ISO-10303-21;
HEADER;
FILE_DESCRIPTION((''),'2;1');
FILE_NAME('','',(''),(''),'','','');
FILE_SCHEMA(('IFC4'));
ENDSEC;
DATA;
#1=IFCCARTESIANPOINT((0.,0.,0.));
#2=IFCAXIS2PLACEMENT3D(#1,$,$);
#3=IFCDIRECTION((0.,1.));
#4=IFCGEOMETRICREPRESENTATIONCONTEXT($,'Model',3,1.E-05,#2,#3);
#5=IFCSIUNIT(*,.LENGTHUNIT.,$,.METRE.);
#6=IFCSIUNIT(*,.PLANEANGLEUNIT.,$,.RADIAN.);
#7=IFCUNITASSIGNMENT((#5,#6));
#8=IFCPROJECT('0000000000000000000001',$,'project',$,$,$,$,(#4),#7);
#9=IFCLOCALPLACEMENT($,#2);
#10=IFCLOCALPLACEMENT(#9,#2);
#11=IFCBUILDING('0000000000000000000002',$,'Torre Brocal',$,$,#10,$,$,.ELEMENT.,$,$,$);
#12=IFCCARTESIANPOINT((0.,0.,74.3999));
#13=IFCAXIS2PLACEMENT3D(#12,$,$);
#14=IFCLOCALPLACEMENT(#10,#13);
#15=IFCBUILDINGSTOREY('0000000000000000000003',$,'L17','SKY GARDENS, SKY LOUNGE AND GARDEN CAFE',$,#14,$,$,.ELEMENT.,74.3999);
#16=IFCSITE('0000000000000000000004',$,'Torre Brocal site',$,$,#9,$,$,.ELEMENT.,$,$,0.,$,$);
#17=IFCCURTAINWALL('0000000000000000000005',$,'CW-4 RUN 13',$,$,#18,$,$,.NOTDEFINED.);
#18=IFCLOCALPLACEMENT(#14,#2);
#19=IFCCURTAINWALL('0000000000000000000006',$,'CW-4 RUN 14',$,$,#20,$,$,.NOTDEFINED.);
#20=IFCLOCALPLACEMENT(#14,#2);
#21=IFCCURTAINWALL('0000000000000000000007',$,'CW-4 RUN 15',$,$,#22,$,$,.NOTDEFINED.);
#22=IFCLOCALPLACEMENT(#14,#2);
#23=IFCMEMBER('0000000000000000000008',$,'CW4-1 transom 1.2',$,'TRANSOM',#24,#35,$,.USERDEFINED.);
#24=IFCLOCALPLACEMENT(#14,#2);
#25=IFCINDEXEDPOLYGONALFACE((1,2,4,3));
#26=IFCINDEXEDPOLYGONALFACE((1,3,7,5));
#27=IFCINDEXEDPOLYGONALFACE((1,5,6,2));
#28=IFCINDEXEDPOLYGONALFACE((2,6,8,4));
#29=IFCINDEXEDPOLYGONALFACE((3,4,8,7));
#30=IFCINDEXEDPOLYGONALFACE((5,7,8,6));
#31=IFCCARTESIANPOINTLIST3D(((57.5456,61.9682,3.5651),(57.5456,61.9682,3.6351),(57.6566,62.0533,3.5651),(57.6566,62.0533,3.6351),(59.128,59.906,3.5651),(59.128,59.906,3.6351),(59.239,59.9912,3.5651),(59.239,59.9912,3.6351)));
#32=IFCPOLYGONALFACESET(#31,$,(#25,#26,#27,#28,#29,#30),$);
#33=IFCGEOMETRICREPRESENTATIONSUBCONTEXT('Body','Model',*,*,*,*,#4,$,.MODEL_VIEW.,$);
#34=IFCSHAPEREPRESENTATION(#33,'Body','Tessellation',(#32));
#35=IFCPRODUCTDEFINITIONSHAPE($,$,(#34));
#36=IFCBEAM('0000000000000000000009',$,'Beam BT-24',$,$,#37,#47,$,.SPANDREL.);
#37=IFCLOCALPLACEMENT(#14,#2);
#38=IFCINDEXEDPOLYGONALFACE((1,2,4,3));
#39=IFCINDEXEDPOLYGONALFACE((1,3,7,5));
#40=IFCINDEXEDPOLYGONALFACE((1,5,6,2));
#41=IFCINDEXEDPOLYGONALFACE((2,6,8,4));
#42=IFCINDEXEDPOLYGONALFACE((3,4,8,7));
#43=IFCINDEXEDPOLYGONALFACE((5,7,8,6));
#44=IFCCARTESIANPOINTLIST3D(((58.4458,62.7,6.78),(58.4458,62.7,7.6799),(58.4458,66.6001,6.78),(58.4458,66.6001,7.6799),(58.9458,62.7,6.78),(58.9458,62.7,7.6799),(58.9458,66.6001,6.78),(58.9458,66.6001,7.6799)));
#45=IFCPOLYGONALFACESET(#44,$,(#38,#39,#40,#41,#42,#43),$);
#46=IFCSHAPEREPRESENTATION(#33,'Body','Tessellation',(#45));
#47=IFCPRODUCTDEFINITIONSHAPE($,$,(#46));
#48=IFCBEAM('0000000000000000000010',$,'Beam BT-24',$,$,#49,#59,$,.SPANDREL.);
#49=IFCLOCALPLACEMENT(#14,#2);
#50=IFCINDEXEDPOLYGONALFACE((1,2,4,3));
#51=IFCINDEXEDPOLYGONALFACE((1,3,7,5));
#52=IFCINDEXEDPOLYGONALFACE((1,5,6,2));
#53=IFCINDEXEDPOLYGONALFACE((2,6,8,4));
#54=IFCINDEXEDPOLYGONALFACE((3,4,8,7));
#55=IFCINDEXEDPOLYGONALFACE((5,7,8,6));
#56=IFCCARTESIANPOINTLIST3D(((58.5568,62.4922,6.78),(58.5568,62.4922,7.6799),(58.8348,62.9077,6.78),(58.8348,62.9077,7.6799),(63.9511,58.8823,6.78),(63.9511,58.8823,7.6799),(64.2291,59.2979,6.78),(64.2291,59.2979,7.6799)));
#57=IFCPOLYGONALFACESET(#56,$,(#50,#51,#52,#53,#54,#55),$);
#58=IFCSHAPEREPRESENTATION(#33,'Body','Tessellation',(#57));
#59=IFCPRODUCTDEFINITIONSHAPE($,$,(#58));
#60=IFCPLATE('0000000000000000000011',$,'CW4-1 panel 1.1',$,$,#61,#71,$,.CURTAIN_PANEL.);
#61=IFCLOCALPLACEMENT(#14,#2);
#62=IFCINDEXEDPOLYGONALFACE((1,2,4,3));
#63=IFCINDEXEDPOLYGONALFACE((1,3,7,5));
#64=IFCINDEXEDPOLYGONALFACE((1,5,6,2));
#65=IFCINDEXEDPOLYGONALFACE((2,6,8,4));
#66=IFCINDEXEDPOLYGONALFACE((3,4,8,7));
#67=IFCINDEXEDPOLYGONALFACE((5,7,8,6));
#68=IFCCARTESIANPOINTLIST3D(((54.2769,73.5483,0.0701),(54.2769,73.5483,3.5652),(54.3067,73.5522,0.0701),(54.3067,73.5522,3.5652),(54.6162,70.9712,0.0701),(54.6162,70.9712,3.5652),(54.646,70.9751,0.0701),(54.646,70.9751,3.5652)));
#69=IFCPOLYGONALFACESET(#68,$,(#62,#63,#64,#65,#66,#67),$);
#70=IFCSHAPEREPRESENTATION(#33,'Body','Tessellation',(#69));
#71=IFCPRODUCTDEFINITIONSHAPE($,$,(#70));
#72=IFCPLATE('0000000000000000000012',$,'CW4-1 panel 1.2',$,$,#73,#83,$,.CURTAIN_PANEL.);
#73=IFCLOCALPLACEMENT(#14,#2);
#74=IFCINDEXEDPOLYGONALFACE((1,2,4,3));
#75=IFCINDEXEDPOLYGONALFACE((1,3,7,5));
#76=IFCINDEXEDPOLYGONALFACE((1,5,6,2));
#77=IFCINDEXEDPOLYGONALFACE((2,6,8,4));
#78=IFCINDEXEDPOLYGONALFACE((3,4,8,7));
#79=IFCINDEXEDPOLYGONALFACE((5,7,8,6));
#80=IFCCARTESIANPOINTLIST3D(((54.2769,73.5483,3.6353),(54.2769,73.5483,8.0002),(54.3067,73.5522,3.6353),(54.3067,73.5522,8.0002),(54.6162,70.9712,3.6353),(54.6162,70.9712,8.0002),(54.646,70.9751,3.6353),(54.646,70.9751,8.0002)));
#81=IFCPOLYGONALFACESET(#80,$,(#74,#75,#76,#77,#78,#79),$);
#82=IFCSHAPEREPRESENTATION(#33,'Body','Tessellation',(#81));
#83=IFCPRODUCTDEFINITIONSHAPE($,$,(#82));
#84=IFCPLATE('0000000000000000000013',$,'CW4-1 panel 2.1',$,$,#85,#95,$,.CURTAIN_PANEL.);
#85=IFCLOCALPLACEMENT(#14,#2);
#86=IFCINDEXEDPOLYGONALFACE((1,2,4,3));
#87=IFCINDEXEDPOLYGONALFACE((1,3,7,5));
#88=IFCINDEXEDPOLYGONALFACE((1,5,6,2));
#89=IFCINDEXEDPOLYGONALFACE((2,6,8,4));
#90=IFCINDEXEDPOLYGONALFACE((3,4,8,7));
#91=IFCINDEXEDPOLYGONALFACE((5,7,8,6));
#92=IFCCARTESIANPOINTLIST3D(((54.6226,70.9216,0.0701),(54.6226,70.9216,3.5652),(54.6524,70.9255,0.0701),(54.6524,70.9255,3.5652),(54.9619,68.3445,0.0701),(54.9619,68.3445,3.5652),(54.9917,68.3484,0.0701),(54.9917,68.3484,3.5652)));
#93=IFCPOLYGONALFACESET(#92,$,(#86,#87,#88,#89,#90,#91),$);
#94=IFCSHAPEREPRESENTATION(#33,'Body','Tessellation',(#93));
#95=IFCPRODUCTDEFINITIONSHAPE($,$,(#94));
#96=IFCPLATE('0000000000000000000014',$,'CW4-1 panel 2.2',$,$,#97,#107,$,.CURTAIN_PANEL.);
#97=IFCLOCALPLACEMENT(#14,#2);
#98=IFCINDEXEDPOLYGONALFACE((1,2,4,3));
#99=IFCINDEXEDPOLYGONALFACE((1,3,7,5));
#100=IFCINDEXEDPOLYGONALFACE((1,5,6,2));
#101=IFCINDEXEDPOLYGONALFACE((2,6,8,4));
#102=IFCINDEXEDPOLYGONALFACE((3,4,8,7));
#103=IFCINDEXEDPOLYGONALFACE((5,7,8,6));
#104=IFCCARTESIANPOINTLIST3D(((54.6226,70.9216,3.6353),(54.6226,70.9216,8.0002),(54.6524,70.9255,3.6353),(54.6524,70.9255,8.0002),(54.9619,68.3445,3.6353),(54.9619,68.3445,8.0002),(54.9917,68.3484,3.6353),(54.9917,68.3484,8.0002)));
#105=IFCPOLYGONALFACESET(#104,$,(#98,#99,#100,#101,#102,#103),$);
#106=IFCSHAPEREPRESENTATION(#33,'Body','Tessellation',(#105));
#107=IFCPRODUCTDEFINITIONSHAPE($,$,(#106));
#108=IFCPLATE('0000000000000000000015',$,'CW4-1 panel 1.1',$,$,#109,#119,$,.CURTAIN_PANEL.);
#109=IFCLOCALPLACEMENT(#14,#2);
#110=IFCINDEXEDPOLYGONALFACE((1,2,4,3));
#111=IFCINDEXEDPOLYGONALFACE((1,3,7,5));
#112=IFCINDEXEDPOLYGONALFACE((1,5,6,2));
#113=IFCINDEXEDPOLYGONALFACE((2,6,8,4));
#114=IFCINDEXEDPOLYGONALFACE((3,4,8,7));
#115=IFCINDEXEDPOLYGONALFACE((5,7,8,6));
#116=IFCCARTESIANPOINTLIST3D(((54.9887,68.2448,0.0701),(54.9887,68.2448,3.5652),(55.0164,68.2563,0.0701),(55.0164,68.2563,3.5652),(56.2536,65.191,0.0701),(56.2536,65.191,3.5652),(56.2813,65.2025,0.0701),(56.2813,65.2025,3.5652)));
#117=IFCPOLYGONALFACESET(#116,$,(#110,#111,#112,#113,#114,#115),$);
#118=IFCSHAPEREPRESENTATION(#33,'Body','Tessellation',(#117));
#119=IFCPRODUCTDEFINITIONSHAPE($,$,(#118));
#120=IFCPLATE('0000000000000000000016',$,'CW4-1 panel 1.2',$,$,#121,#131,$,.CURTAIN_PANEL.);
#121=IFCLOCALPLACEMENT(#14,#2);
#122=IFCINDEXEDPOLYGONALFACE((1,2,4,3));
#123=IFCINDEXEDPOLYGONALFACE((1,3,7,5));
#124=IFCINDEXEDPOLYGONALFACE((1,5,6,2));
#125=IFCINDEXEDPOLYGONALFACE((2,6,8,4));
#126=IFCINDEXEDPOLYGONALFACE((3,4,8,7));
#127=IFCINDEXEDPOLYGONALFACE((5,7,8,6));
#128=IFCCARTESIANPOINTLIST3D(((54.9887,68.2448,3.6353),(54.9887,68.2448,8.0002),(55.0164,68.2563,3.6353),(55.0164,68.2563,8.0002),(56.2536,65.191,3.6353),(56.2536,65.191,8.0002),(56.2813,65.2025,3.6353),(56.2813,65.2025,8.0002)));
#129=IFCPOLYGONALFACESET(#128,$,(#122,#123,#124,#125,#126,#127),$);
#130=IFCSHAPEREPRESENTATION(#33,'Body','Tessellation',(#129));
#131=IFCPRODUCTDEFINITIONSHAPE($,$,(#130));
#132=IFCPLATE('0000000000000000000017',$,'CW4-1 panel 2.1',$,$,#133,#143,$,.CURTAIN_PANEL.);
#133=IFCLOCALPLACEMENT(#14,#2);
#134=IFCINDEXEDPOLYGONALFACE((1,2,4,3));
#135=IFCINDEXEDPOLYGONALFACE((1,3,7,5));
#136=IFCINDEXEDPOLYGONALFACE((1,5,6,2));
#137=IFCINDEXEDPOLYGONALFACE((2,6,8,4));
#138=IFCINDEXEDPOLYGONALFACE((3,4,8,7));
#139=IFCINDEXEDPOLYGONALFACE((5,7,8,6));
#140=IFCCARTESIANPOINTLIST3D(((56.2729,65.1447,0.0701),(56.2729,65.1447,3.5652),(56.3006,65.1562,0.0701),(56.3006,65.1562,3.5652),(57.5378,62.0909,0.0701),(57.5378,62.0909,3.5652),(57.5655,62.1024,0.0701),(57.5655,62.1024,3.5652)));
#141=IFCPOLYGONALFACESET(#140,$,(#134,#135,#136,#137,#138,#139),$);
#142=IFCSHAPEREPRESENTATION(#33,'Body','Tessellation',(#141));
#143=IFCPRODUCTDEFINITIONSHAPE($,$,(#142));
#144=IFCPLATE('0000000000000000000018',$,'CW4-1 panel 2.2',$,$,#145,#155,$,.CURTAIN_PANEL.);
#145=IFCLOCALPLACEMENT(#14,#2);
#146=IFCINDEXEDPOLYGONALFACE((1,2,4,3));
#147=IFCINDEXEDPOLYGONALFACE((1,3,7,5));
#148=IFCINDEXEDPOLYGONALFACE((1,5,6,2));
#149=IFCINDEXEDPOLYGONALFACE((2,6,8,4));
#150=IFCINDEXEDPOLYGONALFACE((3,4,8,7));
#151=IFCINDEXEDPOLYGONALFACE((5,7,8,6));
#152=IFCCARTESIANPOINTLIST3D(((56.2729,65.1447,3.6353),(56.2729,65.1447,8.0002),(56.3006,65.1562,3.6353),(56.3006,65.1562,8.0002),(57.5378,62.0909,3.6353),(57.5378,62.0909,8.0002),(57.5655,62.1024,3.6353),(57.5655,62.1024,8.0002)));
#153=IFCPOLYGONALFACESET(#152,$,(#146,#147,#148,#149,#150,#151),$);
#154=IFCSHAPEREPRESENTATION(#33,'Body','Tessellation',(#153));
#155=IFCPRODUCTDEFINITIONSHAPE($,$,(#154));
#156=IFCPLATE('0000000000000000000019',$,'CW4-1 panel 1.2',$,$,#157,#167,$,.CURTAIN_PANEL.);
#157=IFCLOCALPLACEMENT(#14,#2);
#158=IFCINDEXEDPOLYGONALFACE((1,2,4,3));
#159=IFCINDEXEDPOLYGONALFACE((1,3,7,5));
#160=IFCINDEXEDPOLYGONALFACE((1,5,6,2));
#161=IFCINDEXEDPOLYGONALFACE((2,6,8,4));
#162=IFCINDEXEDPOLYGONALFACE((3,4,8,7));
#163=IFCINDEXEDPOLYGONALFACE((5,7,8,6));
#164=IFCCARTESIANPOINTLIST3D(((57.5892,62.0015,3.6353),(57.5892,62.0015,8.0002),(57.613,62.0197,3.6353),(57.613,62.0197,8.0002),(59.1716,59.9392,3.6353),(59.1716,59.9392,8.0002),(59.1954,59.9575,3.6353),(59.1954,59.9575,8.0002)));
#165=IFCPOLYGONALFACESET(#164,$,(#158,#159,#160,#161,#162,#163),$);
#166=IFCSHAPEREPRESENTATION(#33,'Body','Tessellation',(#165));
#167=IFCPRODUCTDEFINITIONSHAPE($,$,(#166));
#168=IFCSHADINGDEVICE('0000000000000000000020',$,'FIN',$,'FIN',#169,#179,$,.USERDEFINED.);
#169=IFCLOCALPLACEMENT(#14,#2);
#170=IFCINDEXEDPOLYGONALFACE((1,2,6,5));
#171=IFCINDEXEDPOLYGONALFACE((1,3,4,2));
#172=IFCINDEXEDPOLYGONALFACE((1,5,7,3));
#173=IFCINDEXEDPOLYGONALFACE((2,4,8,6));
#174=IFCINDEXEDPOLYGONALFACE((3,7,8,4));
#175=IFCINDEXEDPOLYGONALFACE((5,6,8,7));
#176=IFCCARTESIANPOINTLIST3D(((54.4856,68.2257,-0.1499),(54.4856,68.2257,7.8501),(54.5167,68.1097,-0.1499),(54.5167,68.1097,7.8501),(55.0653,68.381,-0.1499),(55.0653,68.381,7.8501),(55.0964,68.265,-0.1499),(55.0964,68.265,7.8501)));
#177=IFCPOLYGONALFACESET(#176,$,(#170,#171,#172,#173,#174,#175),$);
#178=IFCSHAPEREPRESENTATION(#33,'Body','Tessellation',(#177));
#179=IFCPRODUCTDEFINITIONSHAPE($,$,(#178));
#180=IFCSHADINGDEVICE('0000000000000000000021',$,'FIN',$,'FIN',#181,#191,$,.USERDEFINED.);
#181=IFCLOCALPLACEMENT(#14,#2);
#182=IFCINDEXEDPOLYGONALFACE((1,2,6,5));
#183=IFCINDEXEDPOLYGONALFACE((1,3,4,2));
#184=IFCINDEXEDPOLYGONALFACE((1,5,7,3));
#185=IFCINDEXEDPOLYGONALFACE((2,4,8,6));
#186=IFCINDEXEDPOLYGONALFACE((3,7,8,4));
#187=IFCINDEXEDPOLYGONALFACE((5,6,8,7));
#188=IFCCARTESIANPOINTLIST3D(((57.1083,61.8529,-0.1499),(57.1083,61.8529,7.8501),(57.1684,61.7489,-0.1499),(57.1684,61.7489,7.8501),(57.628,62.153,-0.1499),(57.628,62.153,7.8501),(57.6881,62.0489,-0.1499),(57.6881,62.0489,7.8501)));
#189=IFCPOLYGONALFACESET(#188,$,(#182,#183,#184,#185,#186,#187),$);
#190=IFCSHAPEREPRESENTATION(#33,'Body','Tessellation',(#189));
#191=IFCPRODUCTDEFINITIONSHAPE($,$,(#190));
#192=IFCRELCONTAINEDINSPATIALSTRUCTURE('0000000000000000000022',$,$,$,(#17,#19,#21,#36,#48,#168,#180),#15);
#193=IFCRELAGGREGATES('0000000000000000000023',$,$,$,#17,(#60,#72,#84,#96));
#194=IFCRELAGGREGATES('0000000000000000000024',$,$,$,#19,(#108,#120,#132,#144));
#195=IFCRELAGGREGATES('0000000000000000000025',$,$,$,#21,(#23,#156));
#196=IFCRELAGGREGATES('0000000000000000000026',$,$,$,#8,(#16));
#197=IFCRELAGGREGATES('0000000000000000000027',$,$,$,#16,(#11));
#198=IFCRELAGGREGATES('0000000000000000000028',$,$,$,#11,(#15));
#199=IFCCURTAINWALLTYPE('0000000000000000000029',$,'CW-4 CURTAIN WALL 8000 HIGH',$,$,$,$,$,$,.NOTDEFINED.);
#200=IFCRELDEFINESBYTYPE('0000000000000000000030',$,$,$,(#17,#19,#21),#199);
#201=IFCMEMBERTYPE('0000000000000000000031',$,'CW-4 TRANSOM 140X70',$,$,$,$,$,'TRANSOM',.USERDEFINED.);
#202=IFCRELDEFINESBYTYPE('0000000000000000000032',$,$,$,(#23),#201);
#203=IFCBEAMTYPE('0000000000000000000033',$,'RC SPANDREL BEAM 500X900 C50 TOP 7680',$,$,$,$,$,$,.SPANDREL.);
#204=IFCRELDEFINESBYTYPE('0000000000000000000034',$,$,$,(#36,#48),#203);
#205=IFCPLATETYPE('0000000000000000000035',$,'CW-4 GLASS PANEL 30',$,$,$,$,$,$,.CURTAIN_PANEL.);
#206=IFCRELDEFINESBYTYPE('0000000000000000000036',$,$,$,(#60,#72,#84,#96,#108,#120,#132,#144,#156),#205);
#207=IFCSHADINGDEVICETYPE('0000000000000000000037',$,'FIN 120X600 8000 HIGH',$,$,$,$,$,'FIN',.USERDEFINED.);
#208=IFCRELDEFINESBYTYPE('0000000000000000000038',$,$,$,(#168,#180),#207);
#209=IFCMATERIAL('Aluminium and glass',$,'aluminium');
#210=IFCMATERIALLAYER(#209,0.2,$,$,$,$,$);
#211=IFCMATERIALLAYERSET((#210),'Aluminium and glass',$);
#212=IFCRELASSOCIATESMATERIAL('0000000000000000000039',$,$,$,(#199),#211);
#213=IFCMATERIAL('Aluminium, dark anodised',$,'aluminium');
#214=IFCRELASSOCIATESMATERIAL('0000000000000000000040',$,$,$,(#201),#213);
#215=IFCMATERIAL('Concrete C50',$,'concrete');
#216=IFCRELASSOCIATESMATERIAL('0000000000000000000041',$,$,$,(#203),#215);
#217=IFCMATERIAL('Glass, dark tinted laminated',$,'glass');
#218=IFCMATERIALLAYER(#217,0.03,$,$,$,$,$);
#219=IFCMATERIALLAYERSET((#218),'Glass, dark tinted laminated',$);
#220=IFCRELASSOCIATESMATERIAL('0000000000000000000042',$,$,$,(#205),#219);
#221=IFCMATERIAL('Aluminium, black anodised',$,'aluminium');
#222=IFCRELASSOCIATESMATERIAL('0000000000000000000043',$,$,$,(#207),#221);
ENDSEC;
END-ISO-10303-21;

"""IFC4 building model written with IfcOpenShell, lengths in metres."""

from ifc_helpers import new_model, si_unit, direction, frame, origin, origin_2d, place, context, subcontext, project, spatial, rectangle, extrude, material, layer, layer_set, material_profile, profile_set, type_object, element, aggregate, save


model = new_model("IFC4")

# Units and contexts
model_context = context("Model", 3, precision=1e-05, world=origin(), true_north=direction((0.0, 1.0)))
body_context = subcontext(model_context, "Body", "Model", "MODEL_VIEW")
ifc_project = project(units=[si_unit("LENGTHUNIT", "METRE"), si_unit("PLANEANGLEUNIT", "RADIAN")], contexts=[model_context])

# Site, building, storey
site_placement = place(None, origin())
site = spatial("IfcSite", under=ifc_project, at=site_placement, Name="Torre Brocal site", CompositionType="ELEMENT", RefElevation=0.0)
building_placement = place(site_placement, origin())
building = spatial("IfcBuilding", under=site, at=building_placement, Name="Torre Brocal", CompositionType="ELEMENT")
storey_placement = place(building_placement, frame((0.0, 0.0, 74.3999)))
storey = spatial("IfcBuildingStorey", under=building, at=storey_placement, Name="L17", Description="SKY GARDENS, SKY LOUNGE AND GARDEN CAFE", CompositionType="ELEMENT", Elevation=74.3999)

# Curtain walls
ifc_material_1 = material(Name="Aluminium and glass", Category="aluminium")
ifc_layer_1 = layer(ifc_material_1, 0.2)
ifc_layer_set_1 = layer_set([ifc_layer_1], Name="Aluminium and glass")
curtain_wall_type = type_object("IfcCurtainWallType", Name="CW-4 CURTAIN WALL 8000 HIGH", PredefinedType="NOTDEFINED", material=ifc_layer_set_1)
curtain_wall_1_placement = place(storey_placement, origin())
curtain_wall_1 = element("IfcCurtainWall", 1, at=curtain_wall_1_placement, inside=storey, type_object=curtain_wall_type, Name="CW-4 RUN 13", PredefinedType="NOTDEFINED")
curtain_wall_2_placement = place(storey_placement, origin())
curtain_wall_2 = element("IfcCurtainWall", 2, at=curtain_wall_2_placement, inside=storey, type_object=curtain_wall_type, Name="CW-4 RUN 14", PredefinedType="NOTDEFINED")

# Curtain wall
curtain_wall_3_placement = place(storey_placement, origin())
curtain_wall_3 = element("IfcCurtainWall", 3, at=curtain_wall_3_placement, inside=storey, type_object=curtain_wall_type, Name="CW-4 RUN 15", PredefinedType="NOTDEFINED")

# Member
ifc_material_2 = material(Name="Aluminium, dark anodised", Category="aluminium")
ifc_material_profile_1 = material_profile(ifc_material_2, rectangle(XDim=0.1399, YDim=0.0701, at=origin_2d()), Name="CW-4 TRANSOM 140X70")
ifc_profile_set_1 = profile_set([ifc_material_profile_1], Name="Aluminium, dark anodised")
member_type_1 = type_object("IfcMemberType", Name="CW-4 TRANSOM 140X70", ElementType="TRANSOM", PredefinedType="USERDEFINED", material=ifc_profile_set_1)
member_1_placement = place(storey_placement, frame((57.6011, 62.0107, 3.6001), z_axis=(0.608784, -0.793336, 0.0), x_axis=(0.793336, 0.608784, 0.0)))
member_1 = element("IfcMember", 4, at=member_1_placement, type_object=member_type_1, Name="CW4-1 transom 1.2", ObjectType="TRANSOM", PredefinedType="USERDEFINED", context=body_context, shape_type="SweptSolid", body=[
    extrude(rectangle(XDim=0.1399, YDim=0.0701, at=origin_2d()), origin(), (0.0, 0.0, 1.0), 2.5994),
])

# Beams
ifc_material_3 = material(Name="Concrete C50", Category="concrete")
ifc_material_profile_2 = material_profile(ifc_material_3, rectangle(XDim=0.5, YDim=0.8999, at=origin_2d()), Name="RC 500X900")
ifc_profile_set_2 = profile_set([ifc_material_profile_2], Name="Concrete C50")
beam_type = type_object("IfcBeamType", Name="RC SPANDREL BEAM 500X900 C50 TOP 7680", PredefinedType="SPANDREL", material=ifc_profile_set_2)
beam_1_placement = place(storey_placement, frame((58.6958, 62.7, 7.23), z_axis=(0.0, 1.0, 0.0), x_axis=(-1.0, 0.0, 0.0)))
element("IfcBeam", 5, at=beam_1_placement, inside=storey, type_object=beam_type, Name="Beam BT-24", PredefinedType="SPANDREL", context=body_context, shape_type="SweptSolid", body=[
    extrude(rectangle(XDim=0.5, YDim=0.8999, at=origin_2d()), origin(), (0.0, 0.0, 1.0), 3.9001),
])
beam_2_placement = place(storey_placement, frame((58.6958, 62.7, 7.23), z_axis=(0.831077, -0.556158, 0.0), x_axis=(0.556158, 0.831077, 0.0)))
element("IfcBeam", 6, at=beam_2_placement, inside=storey, type_object=beam_type, Name="Beam BT-24", PredefinedType="SPANDREL", context=body_context, shape_type="SweptSolid", body=[
    extrude(rectangle(XDim=0.5, YDim=0.8999, at=origin_2d()), origin(), (0.0, 0.0, 1.0), 6.4907),
])

# Plates
ifc_material_4 = material(Name="Glass, dark tinted laminated", Category="glass")
ifc_layer_2 = layer(ifc_material_4, 0.03)
ifc_layer_set_2 = layer_set([ifc_layer_2], Name="Glass, dark tinted laminated")
plate_type = type_object("IfcPlateType", Name="CW-4 GLASS PANEL 30", PredefinedType="CURTAIN_PANEL", material=ifc_layer_set_2)
plate_1_placement = place(storey_placement, frame((54.4614, 72.2617, 0.0701), z_axis=(0.0, 0.0, 1.0), x_axis=(0.130526, -0.991445, 0.0)))
plate_1 = element("IfcPlate", 7, at=plate_1_placement, type_object=plate_type, Name="CW4-1 panel 1.1", PredefinedType="CURTAIN_PANEL", context=body_context, shape_type="SweptSolid", body=[
    extrude(rectangle(XDim=2.5994, YDim=0.03, at=origin_2d()), origin(), (0.0, 0.0, 1.0), 3.4951),
])
plate_2_placement = place(storey_placement, frame((54.4614, 72.2617, 3.6353), z_axis=(0.0, 0.0, 1.0), x_axis=(0.130526, -0.991445, 0.0)))
plate_2 = element("IfcPlate", 8, at=plate_2_placement, type_object=plate_type, Name="CW4-1 panel 1.2", PredefinedType="CURTAIN_PANEL", context=body_context, shape_type="SweptSolid", body=[
    extrude(rectangle(XDim=2.5994, YDim=0.03, at=origin_2d()), origin(), (0.0, 0.0, 1.0), 4.365),
])
plate_3_placement = place(storey_placement, frame((54.8071, 69.635, 0.0701), z_axis=(0.0, 0.0, 1.0), x_axis=(0.130526, -0.991445, 0.0)))
plate_3 = element("IfcPlate", 9, at=plate_3_placement, type_object=plate_type, Name="CW4-1 panel 2.1", PredefinedType="CURTAIN_PANEL", context=body_context, shape_type="SweptSolid", body=[
    extrude(rectangle(XDim=2.5994, YDim=0.03, at=origin_2d()), origin(), (0.0, 0.0, 1.0), 3.4951),
])
plate_4_placement = place(storey_placement, frame((54.8071, 69.635, 3.6353), z_axis=(0.0, 0.0, 1.0), x_axis=(0.130526, -0.991445, 0.0)))
plate_4 = element("IfcPlate", 10, at=plate_4_placement, type_object=plate_type, Name="CW4-1 panel 2.2", PredefinedType="CURTAIN_PANEL", context=body_context, shape_type="SweptSolid", body=[
    extrude(rectangle(XDim=2.5994, YDim=0.03, at=origin_2d()), origin(), (0.0, 0.0, 1.0), 4.365),
])
aggregate(curtain_wall_1, [plate_1, plate_2, plate_3, plate_4])
plate_5_placement = place(storey_placement, frame((55.635, 66.7236, 0.0701), z_axis=(0.0, 0.0, 1.0), x_axis=(0.382683, -0.92388, 0.0)))
plate_5 = element("IfcPlate", 11, at=plate_5_placement, type_object=plate_type, Name="CW4-1 panel 1.1", PredefinedType="CURTAIN_PANEL", context=body_context, shape_type="SweptSolid", body=[
    extrude(rectangle(XDim=3.3054, YDim=0.03, at=origin_2d()), origin(), (0.0, 0.0, 1.0), 3.4951),
])
plate_6_placement = place(storey_placement, frame((55.635, 66.7236, 3.6353), z_axis=(0.0, 0.0, 1.0), x_axis=(0.382683, -0.92388, 0.0)))
plate_6 = element("IfcPlate", 12, at=plate_6_placement, type_object=plate_type, Name="CW4-1 panel 1.2", PredefinedType="CURTAIN_PANEL", context=body_context, shape_type="SweptSolid", body=[
    extrude(rectangle(XDim=3.3054, YDim=0.03, at=origin_2d()), origin(), (0.0, 0.0, 1.0), 4.365),
])
plate_7_placement = place(storey_placement, frame((56.9192, 63.6235, 0.0701), z_axis=(0.0, 0.0, 1.0), x_axis=(0.382683, -0.92388, 0.0)))
plate_7 = element("IfcPlate", 13, at=plate_7_placement, type_object=plate_type, Name="CW4-1 panel 2.1", PredefinedType="CURTAIN_PANEL", context=body_context, shape_type="SweptSolid", body=[
    extrude(rectangle(XDim=3.3054, YDim=0.03, at=origin_2d()), origin(), (0.0, 0.0, 1.0), 3.4951),
])
plate_8_placement = place(storey_placement, frame((56.9192, 63.6235, 3.6353), z_axis=(0.0, 0.0, 1.0), x_axis=(0.382683, -0.92388, 0.0)))
plate_8 = element("IfcPlate", 14, at=plate_8_placement, type_object=plate_type, Name="CW4-1 panel 2.2", PredefinedType="CURTAIN_PANEL", context=body_context, shape_type="SweptSolid", body=[
    extrude(rectangle(XDim=3.3054, YDim=0.03, at=origin_2d()), origin(), (0.0, 0.0, 1.0), 4.365),
])
aggregate(curtain_wall_2, [plate_5, plate_6, plate_7, plate_8])
plate_9_placement = place(storey_placement, frame((58.3923, 60.9795, 3.6353), z_axis=(0.0, 0.0, 1.0), x_axis=(0.608761, -0.793353, 0.0)))
plate_9 = element("IfcPlate", 15, at=plate_9_placement, type_object=plate_type, Name="CW4-1 panel 1.2", PredefinedType="CURTAIN_PANEL", context=body_context, shape_type="SweptSolid", body=[
    extrude(rectangle(XDim=2.5994, YDim=0.03, at=origin_2d()), origin(), (0.0, 0.0, 1.0), 4.365),
])
aggregate(curtain_wall_3, [member_1, plate_9])

# Shading devices
ifc_material_5 = material(Name="Aluminium, black anodised", Category="aluminium")
ifc_material_profile_3 = material_profile(ifc_material_5, rectangle(XDim=0.1201, YDim=0.6001, at=origin_2d()), Name="FIN 120X600 8000 HIGH")
ifc_profile_set_3 = profile_set([ifc_material_profile_3], Name="Aluminium, black anodised")
shading_device_type = type_object("IfcShadingDeviceType", Name="FIN 120X600 8000 HIGH", ElementType="FIN", PredefinedType="USERDEFINED", material=ifc_profile_set_3)
for number, where, z_axis, x_axis, name in (
    (16, (54.791, 68.2454, -0.1499), (0.0, 0.0, 1.0), (0.258819, -0.965926, 0.0), "FIN"),
    (17, (57.3982, 61.9509, -0.1499), (0.0, 0.0, 1.0), (0.5, -0.866025, 0.0), "FIN"),
):
    element("IfcShadingDevice", number, at=place(storey_placement, frame(where, z_axis=z_axis, x_axis=x_axis)), inside=storey, type_object=shading_device_type, Name=name, ObjectType="FIN", PredefinedType="USERDEFINED", context=body_context, shape_type="SweptSolid", body=[
        extrude(rectangle(XDim=0.1201, YDim=0.6001, at=origin_2d()), origin(), (0.0, 0.0, 1.0), 8.0),
    ])

save(model, "model.ifc")
